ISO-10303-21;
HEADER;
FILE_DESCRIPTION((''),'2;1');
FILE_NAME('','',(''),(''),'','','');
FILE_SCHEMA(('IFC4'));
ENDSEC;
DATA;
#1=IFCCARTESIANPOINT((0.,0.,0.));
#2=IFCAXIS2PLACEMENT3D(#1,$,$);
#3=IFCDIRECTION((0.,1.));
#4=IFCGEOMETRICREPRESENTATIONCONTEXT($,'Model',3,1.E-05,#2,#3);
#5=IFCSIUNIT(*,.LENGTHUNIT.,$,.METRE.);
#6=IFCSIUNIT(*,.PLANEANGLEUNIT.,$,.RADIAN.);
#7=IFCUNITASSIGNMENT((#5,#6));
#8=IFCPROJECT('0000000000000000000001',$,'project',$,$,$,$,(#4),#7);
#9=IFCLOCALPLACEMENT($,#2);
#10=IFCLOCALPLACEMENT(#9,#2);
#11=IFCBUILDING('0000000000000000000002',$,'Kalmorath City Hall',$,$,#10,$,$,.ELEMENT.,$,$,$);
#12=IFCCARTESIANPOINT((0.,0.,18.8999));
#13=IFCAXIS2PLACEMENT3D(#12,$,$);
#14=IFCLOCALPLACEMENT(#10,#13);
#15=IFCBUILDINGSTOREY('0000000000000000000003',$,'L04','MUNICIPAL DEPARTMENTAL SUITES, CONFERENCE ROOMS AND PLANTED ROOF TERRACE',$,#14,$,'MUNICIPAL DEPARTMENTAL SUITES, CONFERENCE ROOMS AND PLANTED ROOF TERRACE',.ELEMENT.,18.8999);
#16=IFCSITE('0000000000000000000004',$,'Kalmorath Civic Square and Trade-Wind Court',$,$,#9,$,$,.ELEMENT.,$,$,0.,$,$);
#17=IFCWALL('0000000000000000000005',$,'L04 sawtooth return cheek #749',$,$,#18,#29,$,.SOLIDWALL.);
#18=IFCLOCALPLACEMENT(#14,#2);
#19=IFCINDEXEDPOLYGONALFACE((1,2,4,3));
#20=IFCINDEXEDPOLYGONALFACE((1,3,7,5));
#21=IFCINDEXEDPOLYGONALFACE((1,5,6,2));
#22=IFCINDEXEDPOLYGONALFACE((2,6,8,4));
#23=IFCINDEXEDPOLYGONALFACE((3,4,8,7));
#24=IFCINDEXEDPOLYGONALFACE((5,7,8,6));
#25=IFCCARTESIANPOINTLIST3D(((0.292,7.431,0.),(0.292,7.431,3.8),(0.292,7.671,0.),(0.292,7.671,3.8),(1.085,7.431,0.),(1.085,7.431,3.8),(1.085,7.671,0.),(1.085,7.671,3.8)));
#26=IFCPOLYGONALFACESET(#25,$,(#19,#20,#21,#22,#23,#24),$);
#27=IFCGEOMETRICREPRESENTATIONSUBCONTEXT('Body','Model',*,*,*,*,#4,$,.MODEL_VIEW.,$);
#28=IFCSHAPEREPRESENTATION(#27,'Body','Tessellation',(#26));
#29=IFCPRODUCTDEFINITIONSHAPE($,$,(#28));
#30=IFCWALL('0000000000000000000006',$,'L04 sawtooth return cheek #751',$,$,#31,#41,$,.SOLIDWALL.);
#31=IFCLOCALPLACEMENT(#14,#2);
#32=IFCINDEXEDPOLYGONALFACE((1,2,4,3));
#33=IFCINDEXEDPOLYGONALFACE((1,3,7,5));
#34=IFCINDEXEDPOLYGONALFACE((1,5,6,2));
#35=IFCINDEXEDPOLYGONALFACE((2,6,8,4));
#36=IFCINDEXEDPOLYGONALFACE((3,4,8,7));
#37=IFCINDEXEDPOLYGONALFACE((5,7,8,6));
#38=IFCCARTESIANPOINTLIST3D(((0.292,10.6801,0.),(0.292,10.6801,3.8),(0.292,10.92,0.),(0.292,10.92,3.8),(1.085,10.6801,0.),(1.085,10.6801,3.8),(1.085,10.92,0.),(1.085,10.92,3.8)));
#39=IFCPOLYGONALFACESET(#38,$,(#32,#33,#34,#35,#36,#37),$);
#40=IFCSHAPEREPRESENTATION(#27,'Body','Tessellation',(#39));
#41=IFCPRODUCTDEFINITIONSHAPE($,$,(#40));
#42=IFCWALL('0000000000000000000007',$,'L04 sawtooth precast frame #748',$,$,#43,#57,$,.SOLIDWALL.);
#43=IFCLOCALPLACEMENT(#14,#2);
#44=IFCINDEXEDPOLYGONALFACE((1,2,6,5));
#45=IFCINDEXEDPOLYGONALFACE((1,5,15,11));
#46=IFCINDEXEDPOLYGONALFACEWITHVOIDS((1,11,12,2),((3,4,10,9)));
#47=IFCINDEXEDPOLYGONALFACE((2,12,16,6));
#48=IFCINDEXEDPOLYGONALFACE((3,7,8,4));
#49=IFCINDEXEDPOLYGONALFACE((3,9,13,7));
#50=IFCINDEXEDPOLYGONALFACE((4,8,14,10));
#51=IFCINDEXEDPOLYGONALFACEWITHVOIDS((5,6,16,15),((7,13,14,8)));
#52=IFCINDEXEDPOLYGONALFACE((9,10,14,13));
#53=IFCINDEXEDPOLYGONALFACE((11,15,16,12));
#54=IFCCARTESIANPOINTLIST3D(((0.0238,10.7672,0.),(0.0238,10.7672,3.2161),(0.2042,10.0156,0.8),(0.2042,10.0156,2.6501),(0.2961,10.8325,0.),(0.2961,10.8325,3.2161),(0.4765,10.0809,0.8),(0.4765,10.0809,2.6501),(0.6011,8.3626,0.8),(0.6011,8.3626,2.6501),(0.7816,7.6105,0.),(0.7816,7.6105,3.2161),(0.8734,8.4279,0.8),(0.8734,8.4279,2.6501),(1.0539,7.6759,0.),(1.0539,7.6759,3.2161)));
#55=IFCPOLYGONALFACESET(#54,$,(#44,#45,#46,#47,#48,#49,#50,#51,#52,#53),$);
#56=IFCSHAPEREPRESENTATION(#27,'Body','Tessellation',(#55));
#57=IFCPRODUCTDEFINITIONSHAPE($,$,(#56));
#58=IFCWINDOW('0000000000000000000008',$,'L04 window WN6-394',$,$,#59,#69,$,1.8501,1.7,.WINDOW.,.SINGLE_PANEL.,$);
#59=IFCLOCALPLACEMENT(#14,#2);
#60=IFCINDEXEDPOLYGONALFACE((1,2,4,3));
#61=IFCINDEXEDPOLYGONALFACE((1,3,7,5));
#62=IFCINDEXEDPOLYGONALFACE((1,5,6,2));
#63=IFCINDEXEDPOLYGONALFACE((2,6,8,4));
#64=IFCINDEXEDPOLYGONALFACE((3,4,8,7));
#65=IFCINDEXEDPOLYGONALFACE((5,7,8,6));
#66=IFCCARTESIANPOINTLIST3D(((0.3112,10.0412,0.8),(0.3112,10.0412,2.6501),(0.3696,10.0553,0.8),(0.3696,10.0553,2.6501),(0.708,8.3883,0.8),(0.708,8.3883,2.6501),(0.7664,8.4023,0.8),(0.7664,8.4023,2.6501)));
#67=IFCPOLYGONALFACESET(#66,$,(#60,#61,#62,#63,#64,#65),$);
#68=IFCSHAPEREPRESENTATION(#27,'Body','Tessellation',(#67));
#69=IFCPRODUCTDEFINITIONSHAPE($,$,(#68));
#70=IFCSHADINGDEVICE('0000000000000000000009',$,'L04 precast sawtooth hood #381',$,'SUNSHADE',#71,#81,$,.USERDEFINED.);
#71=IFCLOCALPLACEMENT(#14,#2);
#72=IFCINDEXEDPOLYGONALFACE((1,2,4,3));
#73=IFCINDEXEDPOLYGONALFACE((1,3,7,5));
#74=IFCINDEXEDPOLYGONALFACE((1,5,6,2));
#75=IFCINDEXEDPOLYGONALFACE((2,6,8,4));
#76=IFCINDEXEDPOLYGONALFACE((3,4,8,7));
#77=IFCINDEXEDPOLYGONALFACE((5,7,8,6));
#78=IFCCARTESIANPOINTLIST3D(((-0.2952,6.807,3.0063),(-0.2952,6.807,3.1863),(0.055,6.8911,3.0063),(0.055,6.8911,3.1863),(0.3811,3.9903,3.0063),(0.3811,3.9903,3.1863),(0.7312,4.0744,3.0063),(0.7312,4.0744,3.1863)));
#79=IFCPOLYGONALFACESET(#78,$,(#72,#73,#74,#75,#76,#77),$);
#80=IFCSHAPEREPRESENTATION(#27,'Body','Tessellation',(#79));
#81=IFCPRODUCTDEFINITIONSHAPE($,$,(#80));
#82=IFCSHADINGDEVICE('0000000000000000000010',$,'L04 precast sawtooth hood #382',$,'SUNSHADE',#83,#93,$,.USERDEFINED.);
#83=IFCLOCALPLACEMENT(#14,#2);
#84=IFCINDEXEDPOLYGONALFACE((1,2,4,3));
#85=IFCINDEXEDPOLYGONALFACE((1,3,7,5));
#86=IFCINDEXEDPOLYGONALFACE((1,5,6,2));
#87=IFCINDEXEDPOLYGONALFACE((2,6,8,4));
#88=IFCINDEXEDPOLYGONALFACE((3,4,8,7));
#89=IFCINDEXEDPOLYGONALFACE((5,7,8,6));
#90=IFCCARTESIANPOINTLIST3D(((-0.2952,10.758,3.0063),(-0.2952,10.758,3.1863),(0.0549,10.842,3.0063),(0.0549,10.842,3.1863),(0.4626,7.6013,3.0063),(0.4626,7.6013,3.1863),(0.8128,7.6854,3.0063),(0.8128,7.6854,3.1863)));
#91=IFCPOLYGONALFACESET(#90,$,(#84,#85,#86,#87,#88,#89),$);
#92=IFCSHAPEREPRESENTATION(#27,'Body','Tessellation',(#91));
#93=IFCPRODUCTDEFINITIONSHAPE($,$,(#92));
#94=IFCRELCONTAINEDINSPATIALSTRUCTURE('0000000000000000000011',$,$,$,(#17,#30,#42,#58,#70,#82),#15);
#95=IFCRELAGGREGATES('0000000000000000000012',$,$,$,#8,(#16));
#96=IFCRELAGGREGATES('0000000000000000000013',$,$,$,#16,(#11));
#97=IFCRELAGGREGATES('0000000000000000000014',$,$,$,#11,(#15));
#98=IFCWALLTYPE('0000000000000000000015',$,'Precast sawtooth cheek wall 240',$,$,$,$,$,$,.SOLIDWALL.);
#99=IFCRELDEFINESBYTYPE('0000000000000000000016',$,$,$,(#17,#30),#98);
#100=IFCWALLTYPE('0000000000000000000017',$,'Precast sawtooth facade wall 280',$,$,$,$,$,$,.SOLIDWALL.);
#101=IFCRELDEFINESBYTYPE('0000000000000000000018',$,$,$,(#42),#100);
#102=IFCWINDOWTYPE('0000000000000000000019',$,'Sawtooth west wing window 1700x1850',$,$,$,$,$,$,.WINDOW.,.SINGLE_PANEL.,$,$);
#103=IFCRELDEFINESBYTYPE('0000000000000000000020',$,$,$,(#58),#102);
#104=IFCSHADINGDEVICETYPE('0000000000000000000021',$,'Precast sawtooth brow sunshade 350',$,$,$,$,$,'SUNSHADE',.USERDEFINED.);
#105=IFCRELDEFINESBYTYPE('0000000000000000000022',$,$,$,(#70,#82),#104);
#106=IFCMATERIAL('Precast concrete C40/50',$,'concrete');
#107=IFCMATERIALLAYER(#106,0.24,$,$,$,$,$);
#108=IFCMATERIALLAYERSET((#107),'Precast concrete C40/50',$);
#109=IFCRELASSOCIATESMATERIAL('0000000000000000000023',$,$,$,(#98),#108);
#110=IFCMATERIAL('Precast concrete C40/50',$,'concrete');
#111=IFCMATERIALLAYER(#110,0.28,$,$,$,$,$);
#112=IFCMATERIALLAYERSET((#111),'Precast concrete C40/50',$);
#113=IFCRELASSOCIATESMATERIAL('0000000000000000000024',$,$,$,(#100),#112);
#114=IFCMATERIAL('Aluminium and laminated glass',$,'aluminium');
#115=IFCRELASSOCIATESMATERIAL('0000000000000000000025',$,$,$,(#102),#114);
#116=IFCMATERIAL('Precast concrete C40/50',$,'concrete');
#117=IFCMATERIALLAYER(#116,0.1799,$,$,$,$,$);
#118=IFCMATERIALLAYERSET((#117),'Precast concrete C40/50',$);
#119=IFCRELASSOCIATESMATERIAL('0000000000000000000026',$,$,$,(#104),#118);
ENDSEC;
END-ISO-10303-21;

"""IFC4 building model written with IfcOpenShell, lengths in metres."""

from ifc_helpers import new_model, si_unit, direction, frame, frame_2d, origin, origin_2d, place, context, subcontext, project, spatial, rectangle, extrude, material, layer, layer_set, type_object, element, fill, save


model = new_model("IFC4")

# Units and contexts
model_context = context("Model", 3, precision=1e-05, world=origin(), true_north=direction((0.0, 1.0)))
body_context = subcontext(model_context, "Body", "Model", "MODEL_VIEW")
ifc_project = project(units=[si_unit("LENGTHUNIT", "METRE"), si_unit("PLANEANGLEUNIT", "RADIAN")], contexts=[model_context])

# Site, building, storey
site_placement = place(None, origin())
site = spatial("IfcSite", under=ifc_project, at=site_placement, Name="Kalmorath Civic Square and Trade-Wind Court", CompositionType="ELEMENT", RefElevation=0.0)
building_placement = place(site_placement, origin())
building = spatial("IfcBuilding", under=site, at=building_placement, Name="Kalmorath City Hall", CompositionType="ELEMENT")
storey_placement = place(building_placement, frame((0.0, 0.0, 18.8999)))
storey = spatial("IfcBuildingStorey", under=building, at=storey_placement, Name="L04", Description="MUNICIPAL DEPARTMENTAL SUITES, CONFERENCE ROOMS AND PLANTED ROOF TERRACE", LongName="MUNICIPAL DEPARTMENTAL SUITES, CONFERENCE ROOMS AND PLANTED ROOF TERRACE", CompositionType="ELEMENT", Elevation=18.8999)

# Walls
ifc_material_1 = material(Name="Precast concrete C40/50", Category="concrete")
ifc_layer_1 = layer(ifc_material_1, 0.24)
ifc_layer_set_1 = layer_set([ifc_layer_1], Name="Precast concrete C40/50")
wall_type_1 = type_object("IfcWallType", Name="Precast sawtooth cheek wall 240", PredefinedType="SOLIDWALL", material=ifc_layer_set_1)
for number, where, z_axis, x_axis, name in (
    (1, (1.085, 7.551, 0.0), (0.0, 0.0, 1.0), (-1.0, 0.0, 0.0), "L04 sawtooth return cheek #749"),
    (2, (1.085, 10.8, 0.0), (0.0, 0.0, 1.0), (-1.0, 0.0, 0.0), "L04 sawtooth return cheek #751"),
):
    element("IfcWall", number, at=place(storey_placement, frame(where, z_axis=z_axis, x_axis=x_axis)), inside=storey, type_object=wall_type_1, Name=name, PredefinedType="SOLIDWALL", context=body_context, shape_type="SweptSolid", body=[
        extrude(rectangle(XDim=0.793, YDim=0.24, at=frame_2d((0.3965, 0.0))), origin(), (0.0, 0.0, 1.0), 3.8),
    ])

# Wall, opening, window
ifc_material_2 = material(Name="Precast concrete C40/50", Category="concrete")
ifc_layer_2 = layer(ifc_material_2, 0.28)
ifc_layer_set_2 = layer_set([ifc_layer_2], Name="Precast concrete C40/50")
wall_type_2 = type_object("IfcWallType", Name="Precast sawtooth facade wall 280", PredefinedType="SOLIDWALL", material=ifc_layer_set_2)
wall_1_placement = place(storey_placement, frame((0.9177, 7.6433, 0.0), z_axis=(0.0, 0.0, 1.0), x_axis=(-0.23343, 0.972374, 0.0)))
wall_1 = element("IfcWall", 3, at=wall_1_placement, inside=storey, type_object=wall_type_2, Name="L04 sawtooth precast frame #748", PredefinedType="SOLIDWALL", context=body_context, shape_type="SweptSolid", body=[
    extrude(rectangle(XDim=3.2463, YDim=0.28, at=frame_2d((1.623, 0.0))), origin(), (0.0, 0.0, 1.0), 3.2161),
])
opening_1_placement = place(wall_1_placement, frame((0.7732, 0.0, 0.8)))
opening_1 = element("IfcOpeningElement", 4, at=opening_1_placement, cuts=wall_1, PredefinedType="OPENING", context=body_context, shape_type="SweptSolid", body=[
    extrude(rectangle(XDim=1.7, YDim=1.8501, at=frame_2d((0.8501, 0.925))), frame((0.0, 0.1499, 0.0), z_axis=(0.0, -1.0, 0.0), x_axis=(1.0, 0.0, 0.0)), (0.0, 0.0, 1.0), 0.3),
])
ifc_material_3 = material(Name="Aluminium and laminated glass", Category="aluminium")
window_type = type_object("IfcWindowType", Name="Sawtooth west wing window 1700x1850", PartitioningType="SINGLE_PANEL", PredefinedType="WINDOW", material=ifc_material_3)
window_placement = place(opening_1_placement, origin())
window = element("IfcWindow", 5, at=window_placement, inside=storey, type_object=window_type, Name="L04 window WN6-394", OverallHeight=1.8501, OverallWidth=1.7, PartitioningType="SINGLE_PANEL", PredefinedType="WINDOW", context=body_context, shape_type="SweptSolid", body=[
    extrude(rectangle(XDim=1.7, YDim=1.8501, at=frame_2d((0.8501, 0.925))), frame((0.0, 0.03, 0.0), z_axis=(0.0, -1.0, 0.0), x_axis=(1.0, 0.0, 0.0)), (0.0, 0.0, 1.0), 0.0601),
])
fill(opening_1, window)

# Shading devices
ifc_material_4 = material(Name="Precast concrete C40/50", Category="concrete")
ifc_layer_3 = layer(ifc_material_4, 0.1799)
ifc_layer_set_3 = layer_set([ifc_layer_3], Name="Precast concrete C40/50")
shading_device_type = type_object("IfcShadingDeviceType", Name="Precast sawtooth brow sunshade 350", ElementType="SUNSHADE", PredefinedType="USERDEFINED", material=ifc_layer_set_3)
shading_device_1_placement = place(storey_placement, frame((0.218, 5.4407, 3.0063), z_axis=(0.0, 0.0, 1.0), x_axis=(-0.233445, 0.97237, 0.0)))
element("IfcShadingDevice", 6, at=shading_device_1_placement, inside=storey, type_object=shading_device_type, Name="L04 precast sawtooth hood #381", ObjectType="SUNSHADE", PredefinedType="USERDEFINED", context=body_context, shape_type="SweptSolid", body=[
    extrude(rectangle(XDim=2.8967, YDim=0.3601, at=origin_2d()), origin(), (0.0, 0.0, 1.0), 0.1799),
])
shading_device_2_placement = place(storey_placement, frame((0.2588, 9.2217, 3.0063), z_axis=(0.0, 0.0, 1.0), x_axis=(-0.233445, 0.97237, 0.0)))
element("IfcShadingDevice", 7, at=shading_device_2_placement, inside=storey, type_object=shading_device_type, Name="L04 precast sawtooth hood #382", ObjectType="SUNSHADE", PredefinedType="USERDEFINED", context=body_context, shape_type="SweptSolid", body=[
    extrude(rectangle(XDim=3.2463, YDim=0.3601, at=origin_2d()), origin(), (0.0, 0.0, 1.0), 0.1799),
])

save(model, "model.ifc")
